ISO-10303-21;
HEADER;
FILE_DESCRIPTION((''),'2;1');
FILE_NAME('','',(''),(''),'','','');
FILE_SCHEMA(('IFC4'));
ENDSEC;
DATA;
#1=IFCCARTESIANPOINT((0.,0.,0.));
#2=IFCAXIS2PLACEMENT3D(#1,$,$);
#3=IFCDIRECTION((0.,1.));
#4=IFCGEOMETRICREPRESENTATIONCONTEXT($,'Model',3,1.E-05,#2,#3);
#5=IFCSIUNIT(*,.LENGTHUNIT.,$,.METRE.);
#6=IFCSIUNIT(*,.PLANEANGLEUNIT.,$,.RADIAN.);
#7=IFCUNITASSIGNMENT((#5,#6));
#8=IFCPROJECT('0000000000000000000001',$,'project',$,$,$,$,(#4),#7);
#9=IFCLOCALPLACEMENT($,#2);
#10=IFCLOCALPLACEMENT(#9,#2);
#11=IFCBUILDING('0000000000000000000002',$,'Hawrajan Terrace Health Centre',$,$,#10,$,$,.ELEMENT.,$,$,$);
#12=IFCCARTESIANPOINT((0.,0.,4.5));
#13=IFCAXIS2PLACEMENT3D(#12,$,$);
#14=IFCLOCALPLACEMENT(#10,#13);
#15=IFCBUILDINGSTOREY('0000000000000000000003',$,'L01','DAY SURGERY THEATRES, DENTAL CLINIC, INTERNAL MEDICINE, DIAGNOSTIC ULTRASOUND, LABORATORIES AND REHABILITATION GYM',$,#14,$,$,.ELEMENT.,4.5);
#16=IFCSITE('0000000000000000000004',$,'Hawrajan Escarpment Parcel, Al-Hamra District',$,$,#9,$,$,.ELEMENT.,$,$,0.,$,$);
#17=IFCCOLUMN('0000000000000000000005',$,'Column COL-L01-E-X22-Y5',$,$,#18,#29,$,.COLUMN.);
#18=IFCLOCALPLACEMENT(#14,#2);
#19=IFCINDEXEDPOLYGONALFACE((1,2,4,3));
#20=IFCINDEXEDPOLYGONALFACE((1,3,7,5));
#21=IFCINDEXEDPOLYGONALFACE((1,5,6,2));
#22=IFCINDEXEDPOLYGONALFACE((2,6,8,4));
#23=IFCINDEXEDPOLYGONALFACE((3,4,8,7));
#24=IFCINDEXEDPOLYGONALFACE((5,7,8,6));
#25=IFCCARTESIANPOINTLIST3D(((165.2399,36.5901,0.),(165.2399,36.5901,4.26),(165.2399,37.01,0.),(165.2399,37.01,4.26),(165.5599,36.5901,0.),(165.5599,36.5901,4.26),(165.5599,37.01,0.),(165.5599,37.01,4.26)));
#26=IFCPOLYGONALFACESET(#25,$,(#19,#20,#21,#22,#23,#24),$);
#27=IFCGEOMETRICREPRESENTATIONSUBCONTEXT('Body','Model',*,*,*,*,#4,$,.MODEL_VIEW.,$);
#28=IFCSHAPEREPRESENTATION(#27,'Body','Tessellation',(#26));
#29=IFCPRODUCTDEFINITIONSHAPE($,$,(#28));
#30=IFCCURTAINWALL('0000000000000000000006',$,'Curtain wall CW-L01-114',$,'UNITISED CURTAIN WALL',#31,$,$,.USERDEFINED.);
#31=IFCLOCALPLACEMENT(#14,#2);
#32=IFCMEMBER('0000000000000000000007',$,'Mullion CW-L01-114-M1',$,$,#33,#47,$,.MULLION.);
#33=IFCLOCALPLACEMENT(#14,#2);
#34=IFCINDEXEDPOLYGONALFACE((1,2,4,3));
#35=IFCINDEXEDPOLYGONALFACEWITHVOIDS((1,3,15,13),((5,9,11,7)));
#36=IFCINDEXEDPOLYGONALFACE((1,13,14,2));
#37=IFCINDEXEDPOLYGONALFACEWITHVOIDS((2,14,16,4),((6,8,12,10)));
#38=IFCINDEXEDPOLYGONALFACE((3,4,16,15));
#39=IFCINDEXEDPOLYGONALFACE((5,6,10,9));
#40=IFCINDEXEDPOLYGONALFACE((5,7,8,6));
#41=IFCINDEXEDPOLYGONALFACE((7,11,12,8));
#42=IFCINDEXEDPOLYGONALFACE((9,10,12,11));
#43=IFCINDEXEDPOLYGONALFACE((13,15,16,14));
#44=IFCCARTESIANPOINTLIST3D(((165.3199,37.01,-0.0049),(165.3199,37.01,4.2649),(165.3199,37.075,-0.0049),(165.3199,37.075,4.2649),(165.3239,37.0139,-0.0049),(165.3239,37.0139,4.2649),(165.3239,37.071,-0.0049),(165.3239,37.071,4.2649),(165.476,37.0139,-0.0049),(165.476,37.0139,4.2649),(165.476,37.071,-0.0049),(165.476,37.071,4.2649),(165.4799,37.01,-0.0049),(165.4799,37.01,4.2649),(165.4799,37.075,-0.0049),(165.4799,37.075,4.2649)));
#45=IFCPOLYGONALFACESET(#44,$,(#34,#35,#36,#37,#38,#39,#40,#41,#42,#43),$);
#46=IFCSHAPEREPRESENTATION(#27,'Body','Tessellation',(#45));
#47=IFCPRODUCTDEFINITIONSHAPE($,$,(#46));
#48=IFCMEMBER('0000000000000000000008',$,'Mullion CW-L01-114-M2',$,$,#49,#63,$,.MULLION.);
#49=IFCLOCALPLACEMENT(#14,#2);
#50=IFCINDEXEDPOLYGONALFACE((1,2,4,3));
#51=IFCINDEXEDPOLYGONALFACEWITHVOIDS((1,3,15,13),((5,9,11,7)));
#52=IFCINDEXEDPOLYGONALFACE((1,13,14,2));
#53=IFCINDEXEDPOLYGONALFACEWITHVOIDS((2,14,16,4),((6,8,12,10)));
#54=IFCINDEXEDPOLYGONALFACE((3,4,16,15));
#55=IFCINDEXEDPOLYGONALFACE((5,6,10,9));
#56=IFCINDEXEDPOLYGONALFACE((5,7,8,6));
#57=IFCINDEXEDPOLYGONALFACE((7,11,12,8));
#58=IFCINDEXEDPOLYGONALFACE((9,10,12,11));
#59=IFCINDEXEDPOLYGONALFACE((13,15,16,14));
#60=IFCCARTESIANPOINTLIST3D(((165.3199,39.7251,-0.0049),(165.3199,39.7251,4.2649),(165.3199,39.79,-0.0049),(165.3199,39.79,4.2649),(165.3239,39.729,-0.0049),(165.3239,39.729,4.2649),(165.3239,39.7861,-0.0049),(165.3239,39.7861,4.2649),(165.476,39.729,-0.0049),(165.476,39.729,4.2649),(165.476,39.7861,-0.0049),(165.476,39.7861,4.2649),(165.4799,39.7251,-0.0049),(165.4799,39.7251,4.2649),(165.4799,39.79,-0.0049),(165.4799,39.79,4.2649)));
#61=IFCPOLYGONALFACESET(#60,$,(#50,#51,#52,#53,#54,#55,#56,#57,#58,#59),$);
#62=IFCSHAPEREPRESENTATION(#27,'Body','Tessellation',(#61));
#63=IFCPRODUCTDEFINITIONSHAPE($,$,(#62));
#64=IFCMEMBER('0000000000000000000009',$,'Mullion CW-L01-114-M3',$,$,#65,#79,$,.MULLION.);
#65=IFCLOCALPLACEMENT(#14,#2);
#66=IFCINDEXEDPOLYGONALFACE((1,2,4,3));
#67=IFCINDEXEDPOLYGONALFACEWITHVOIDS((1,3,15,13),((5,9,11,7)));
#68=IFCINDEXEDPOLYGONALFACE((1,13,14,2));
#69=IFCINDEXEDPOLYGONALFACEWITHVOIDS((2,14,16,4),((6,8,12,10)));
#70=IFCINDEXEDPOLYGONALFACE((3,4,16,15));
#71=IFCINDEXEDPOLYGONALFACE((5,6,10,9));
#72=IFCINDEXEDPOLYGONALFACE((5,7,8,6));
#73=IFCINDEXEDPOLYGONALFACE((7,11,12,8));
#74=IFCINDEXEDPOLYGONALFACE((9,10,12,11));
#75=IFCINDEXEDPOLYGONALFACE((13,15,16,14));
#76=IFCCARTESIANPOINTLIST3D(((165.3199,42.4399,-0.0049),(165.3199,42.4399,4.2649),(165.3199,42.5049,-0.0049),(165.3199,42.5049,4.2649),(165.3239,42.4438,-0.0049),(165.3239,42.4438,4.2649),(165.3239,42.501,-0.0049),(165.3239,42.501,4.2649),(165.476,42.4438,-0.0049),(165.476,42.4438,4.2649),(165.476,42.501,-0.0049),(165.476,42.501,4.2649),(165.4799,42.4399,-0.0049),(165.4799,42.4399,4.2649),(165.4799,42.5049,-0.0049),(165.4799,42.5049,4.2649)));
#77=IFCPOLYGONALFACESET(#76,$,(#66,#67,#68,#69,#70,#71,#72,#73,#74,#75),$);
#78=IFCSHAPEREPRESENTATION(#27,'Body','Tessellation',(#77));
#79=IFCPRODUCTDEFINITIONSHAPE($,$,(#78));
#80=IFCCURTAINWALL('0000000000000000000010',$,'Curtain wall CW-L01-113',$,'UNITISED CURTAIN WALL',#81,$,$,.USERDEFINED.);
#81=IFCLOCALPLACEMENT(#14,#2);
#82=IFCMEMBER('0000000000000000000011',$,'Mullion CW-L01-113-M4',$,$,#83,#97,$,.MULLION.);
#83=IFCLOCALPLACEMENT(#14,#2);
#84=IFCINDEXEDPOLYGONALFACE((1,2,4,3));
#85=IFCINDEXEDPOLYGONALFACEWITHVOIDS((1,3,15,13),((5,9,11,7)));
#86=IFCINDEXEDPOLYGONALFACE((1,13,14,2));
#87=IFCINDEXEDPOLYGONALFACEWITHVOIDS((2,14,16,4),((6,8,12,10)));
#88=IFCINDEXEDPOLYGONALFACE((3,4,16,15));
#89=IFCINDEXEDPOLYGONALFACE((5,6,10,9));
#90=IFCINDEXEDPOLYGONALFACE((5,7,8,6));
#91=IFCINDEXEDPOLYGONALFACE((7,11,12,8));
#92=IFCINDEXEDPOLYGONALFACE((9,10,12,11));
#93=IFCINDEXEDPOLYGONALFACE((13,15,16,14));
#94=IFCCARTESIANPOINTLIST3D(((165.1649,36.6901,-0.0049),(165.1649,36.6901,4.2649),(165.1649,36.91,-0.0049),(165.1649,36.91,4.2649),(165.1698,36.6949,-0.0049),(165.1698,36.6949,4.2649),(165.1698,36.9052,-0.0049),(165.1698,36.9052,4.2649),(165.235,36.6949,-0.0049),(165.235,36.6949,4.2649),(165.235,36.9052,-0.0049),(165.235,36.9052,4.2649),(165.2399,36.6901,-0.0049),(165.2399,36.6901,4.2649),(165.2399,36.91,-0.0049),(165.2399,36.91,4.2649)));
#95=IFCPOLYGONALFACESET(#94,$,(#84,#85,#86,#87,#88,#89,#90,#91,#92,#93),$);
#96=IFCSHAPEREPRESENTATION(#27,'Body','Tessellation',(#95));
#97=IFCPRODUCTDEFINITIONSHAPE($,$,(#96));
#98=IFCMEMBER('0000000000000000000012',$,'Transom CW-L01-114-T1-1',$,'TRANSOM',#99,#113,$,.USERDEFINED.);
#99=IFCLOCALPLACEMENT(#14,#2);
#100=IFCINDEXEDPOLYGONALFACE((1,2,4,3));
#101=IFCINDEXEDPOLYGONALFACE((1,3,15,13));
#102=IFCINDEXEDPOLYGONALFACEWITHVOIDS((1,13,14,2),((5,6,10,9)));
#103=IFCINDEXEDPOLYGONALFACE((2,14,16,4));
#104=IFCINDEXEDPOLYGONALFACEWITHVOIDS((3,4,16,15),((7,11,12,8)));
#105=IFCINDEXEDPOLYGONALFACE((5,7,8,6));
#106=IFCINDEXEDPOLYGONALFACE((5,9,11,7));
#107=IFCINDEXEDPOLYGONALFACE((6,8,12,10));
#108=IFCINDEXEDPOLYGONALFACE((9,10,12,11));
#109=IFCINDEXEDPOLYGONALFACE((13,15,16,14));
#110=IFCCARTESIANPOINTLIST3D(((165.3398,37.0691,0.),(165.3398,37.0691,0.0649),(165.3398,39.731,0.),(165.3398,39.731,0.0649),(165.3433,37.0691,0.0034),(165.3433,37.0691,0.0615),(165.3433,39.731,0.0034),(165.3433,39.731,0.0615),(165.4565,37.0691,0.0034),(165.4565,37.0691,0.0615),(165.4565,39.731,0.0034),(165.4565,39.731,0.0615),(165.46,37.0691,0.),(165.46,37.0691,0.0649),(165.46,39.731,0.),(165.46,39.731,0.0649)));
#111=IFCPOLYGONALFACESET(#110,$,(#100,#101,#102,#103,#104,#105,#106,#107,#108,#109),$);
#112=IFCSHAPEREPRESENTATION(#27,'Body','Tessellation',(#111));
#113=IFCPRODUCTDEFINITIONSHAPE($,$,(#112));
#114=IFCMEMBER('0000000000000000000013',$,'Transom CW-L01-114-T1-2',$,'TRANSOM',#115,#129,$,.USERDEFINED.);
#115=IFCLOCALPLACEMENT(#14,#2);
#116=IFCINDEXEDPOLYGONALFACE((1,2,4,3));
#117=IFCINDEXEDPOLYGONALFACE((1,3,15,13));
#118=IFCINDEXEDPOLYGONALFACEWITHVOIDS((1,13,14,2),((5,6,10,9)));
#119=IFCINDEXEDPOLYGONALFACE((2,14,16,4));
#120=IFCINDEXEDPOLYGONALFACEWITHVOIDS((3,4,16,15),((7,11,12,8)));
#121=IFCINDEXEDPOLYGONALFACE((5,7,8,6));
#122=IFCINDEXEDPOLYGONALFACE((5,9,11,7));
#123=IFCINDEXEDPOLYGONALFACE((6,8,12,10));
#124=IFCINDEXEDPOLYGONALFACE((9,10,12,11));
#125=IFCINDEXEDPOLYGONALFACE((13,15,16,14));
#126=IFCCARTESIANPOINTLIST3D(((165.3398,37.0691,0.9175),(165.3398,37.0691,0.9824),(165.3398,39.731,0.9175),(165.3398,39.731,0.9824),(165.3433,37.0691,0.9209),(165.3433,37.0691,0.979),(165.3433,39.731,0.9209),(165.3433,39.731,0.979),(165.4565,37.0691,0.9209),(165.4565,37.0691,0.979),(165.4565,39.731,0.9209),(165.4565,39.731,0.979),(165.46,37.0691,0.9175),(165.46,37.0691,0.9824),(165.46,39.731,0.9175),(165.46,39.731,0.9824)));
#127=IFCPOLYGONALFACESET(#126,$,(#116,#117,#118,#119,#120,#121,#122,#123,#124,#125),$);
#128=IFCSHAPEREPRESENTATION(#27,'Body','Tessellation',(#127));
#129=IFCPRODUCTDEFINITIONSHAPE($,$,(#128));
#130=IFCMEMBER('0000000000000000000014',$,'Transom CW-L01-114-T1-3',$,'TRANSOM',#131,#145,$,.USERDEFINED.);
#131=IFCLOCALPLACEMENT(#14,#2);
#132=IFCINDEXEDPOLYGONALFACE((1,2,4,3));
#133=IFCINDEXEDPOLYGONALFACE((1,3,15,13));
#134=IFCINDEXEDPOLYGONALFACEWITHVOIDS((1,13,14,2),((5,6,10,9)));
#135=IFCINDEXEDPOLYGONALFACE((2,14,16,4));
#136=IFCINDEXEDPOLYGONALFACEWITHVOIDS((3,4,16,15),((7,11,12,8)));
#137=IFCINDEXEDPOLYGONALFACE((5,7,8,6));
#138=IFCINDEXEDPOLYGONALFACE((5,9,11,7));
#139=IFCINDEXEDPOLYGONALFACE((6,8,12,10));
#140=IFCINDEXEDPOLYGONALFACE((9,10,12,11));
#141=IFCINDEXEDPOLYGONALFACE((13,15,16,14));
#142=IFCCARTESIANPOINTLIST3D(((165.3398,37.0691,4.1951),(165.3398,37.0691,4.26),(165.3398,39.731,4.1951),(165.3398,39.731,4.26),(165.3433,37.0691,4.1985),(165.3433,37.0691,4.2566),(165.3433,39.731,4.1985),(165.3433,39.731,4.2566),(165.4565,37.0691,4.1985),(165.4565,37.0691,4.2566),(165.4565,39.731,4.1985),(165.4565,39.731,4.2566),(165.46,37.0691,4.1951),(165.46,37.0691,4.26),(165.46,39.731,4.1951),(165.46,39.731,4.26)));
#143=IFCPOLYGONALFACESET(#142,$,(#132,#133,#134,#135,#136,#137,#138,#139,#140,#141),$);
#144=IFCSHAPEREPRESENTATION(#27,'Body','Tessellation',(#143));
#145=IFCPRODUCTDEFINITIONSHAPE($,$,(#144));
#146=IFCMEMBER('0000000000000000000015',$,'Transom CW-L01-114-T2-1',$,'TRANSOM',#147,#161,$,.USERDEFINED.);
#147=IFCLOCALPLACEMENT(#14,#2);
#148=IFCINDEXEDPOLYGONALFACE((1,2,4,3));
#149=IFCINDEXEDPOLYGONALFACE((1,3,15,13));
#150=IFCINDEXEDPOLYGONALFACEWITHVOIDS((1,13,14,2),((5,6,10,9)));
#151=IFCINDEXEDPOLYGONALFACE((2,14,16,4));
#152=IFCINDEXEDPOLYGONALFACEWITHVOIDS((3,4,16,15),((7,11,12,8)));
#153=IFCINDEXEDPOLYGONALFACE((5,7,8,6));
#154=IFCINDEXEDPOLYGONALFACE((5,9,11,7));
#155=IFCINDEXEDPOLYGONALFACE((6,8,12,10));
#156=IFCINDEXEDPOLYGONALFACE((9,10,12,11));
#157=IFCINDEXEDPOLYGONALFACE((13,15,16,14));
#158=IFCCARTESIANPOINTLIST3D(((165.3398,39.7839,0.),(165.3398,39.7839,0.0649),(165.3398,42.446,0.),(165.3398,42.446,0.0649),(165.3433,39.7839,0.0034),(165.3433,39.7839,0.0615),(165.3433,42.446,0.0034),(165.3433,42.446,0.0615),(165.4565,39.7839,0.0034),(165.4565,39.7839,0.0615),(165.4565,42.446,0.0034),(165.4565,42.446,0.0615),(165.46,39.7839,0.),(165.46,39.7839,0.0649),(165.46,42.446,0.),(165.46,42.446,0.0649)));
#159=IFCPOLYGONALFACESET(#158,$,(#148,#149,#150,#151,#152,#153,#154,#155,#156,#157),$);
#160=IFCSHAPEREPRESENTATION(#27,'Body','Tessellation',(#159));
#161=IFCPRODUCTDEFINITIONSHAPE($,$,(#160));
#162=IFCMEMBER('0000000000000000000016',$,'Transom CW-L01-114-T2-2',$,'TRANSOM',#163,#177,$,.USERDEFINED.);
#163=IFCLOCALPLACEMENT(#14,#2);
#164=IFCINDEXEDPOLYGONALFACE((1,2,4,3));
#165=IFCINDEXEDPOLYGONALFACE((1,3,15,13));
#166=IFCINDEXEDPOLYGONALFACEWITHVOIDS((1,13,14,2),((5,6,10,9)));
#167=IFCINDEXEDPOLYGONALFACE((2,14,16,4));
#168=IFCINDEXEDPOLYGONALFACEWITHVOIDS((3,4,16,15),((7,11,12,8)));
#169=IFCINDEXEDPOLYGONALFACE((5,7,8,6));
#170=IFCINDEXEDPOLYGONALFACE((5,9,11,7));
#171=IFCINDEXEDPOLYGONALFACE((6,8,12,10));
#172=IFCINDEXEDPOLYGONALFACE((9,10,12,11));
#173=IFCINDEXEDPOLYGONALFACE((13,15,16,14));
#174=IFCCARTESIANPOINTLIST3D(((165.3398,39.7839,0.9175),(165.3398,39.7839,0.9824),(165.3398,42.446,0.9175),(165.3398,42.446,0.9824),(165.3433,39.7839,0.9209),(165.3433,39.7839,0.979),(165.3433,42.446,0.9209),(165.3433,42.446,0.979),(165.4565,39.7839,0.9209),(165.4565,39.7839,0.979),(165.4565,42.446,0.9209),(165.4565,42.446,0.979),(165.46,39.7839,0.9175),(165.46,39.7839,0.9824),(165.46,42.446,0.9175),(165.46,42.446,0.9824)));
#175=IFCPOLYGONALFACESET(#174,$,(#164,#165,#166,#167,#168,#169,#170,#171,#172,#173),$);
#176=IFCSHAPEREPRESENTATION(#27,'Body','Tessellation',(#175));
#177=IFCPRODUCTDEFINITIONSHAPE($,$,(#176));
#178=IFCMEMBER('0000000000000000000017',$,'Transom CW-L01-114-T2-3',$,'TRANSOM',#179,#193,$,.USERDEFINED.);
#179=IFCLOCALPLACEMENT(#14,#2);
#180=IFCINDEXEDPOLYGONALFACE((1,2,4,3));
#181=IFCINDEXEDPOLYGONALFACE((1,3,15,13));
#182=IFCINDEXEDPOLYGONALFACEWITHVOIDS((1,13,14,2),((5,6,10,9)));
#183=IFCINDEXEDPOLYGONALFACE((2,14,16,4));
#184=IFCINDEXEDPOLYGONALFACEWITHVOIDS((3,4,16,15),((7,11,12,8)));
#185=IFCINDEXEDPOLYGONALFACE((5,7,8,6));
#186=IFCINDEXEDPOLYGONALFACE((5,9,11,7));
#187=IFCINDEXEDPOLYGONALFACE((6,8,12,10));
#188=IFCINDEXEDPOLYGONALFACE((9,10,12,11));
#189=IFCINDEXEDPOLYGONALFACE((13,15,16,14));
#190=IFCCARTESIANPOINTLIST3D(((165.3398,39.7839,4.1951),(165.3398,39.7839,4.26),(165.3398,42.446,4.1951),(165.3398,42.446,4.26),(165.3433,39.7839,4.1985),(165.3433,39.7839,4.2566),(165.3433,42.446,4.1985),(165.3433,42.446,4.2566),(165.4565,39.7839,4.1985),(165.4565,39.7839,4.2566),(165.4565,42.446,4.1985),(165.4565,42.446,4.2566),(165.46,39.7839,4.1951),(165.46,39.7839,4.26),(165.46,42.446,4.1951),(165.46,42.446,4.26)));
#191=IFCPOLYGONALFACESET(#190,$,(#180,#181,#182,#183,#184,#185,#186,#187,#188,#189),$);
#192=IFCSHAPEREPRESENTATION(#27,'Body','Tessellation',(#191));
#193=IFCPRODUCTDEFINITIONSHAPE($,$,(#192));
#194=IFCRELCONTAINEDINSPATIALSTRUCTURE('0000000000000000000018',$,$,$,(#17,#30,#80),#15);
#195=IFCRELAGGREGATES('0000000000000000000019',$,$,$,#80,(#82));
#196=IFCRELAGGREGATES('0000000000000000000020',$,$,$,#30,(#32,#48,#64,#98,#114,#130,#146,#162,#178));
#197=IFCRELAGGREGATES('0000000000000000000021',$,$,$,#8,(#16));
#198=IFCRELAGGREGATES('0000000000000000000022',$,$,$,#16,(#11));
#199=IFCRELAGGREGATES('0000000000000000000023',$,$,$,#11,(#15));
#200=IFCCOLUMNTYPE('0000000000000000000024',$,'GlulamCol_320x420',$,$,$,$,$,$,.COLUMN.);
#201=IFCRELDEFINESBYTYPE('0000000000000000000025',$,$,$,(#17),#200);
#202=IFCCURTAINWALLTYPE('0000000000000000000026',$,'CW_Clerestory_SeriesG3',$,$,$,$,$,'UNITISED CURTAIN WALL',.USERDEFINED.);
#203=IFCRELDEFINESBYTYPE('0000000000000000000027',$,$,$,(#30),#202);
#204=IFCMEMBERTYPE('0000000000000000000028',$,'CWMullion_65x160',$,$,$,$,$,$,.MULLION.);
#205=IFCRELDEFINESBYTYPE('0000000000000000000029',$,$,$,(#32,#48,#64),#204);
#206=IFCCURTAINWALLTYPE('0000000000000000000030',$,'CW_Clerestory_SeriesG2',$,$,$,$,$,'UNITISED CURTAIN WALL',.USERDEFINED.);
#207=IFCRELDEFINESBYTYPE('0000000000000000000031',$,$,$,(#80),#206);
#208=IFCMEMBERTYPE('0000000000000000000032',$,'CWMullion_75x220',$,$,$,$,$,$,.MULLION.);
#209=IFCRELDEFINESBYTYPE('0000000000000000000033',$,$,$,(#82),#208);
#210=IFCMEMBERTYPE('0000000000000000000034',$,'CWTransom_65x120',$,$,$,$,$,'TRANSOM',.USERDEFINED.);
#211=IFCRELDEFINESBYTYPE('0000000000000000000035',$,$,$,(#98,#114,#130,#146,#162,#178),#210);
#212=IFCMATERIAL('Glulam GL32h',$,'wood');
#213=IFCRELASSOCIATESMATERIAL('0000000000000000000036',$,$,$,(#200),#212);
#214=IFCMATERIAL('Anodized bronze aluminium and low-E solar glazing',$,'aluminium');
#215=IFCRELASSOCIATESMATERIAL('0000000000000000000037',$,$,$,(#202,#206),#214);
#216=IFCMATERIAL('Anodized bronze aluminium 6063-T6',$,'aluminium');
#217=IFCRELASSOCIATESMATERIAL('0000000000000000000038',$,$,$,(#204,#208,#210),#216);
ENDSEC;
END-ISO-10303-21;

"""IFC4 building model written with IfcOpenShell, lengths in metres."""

from ifc_helpers import new_model, si_unit, direction, frame, origin, origin_2d, place, context, subcontext, project, spatial, rectangle, hollow_rectangle, extrude, material, material_profile, profile_set, type_object, element, aggregate, save


model = new_model("IFC4")

# Units and contexts
model_context = context("Model", 3, precision=1e-05, world=origin(), true_north=direction((0.0, 1.0)))
body_context = subcontext(model_context, "Body", "Model", "MODEL_VIEW")
ifc_project = project(units=[si_unit("LENGTHUNIT", "METRE"), si_unit("PLANEANGLEUNIT", "RADIAN")], contexts=[model_context])

# Site, building, storey
site_placement = place(None, origin())
site = spatial("IfcSite", under=ifc_project, at=site_placement, Name="Hawrajan Escarpment Parcel, Al-Hamra District", CompositionType="ELEMENT", RefElevation=0.0)
building_placement = place(site_placement, origin())
building = spatial("IfcBuilding", under=site, at=building_placement, Name="Hawrajan Terrace Health Centre", CompositionType="ELEMENT")
storey_placement = place(building_placement, frame((0.0, 0.0, 4.5)))
storey = spatial("IfcBuildingStorey", under=building, at=storey_placement, Name="L01", Description="DAY SURGERY THEATRES, DENTAL CLINIC, INTERNAL MEDICINE, DIAGNOSTIC ULTRASOUND, LABORATORIES AND REHABILITATION GYM", CompositionType="ELEMENT", Elevation=4.5)

# Column
ifc_material_1 = material(Name="Glulam GL32h", Category="wood")
ifc_material_profile_1 = material_profile(ifc_material_1, rectangle(XDim=0.3201, YDim=0.4199, at=origin_2d()), Name="GL 320x420")
ifc_profile_set_1 = profile_set([ifc_material_profile_1], Name="Glulam GL32h")
column_type = type_object("IfcColumnType", Name="GlulamCol_320x420", PredefinedType="COLUMN", material=ifc_profile_set_1)
column_placement = place(storey_placement, frame((165.3999, 36.8, 0.0), z_axis=(0.0, 0.0, 1.0), x_axis=(1.0, 0.0, 0.0)))
element("IfcColumn", 1, at=column_placement, inside=storey, type_object=column_type, Name="Column COL-L01-E-X22-Y5", PredefinedType="COLUMN", context=body_context, shape_type="SweptSolid", body=[
    extrude(rectangle(XDim=0.3201, YDim=0.4199, at=origin_2d()), origin(), (0.0, 0.0, 1.0), 4.26),
])

# Curtain wall, members
ifc_material_2 = material(Name="Anodized bronze aluminium and low-E solar glazing", Category="aluminium")
curtain_wall_type_1 = type_object("IfcCurtainWallType", Name="CW_Clerestory_SeriesG3", ElementType="UNITISED CURTAIN WALL", PredefinedType="USERDEFINED", material=ifc_material_2)
curtain_wall_1_placement = place(storey_placement, origin())
curtain_wall_1 = element("IfcCurtainWall", 2, at=curtain_wall_1_placement, inside=storey, type_object=curtain_wall_type_1, Name="Curtain wall CW-L01-114", ObjectType="UNITISED CURTAIN WALL", PredefinedType="USERDEFINED")
ifc_material_3 = material(Name="Anodized bronze aluminium 6063-T6", Category="aluminium")
ifc_material_profile_2 = material_profile(ifc_material_3, hollow_rectangle(XDim=0.0649, YDim=0.1599, WallThickness=0.0039, at=origin_2d()), Name="CW MUL 65x160")
ifc_profile_set_2 = profile_set([ifc_material_profile_2], Name="Anodized bronze aluminium 6063-T6")
member_type_1 = type_object("IfcMemberType", Name="CWMullion_65x160", PredefinedType="MULLION", material=ifc_profile_set_2)
member_1_placement = place(storey_placement, frame((165.3999, 37.0425, -0.0049), z_axis=(0.0, 0.0, 1.0), x_axis=(0.0, 1.0, 0.0)))
member_1 = element("IfcMember", 3, at=member_1_placement, type_object=member_type_1, Name="Mullion CW-L01-114-M1", PredefinedType="MULLION", context=body_context, shape_type="SweptSolid", body=[
    extrude(hollow_rectangle(XDim=0.0649, YDim=0.1599, WallThickness=0.0039, at=origin_2d()), origin(), (0.0, 0.0, 1.0), 4.2698),
])
member_2_placement = place(storey_placement, frame((165.3999, 39.7576, -0.0049), z_axis=(0.0, 0.0, 1.0), x_axis=(0.0, 1.0, 0.0)))
member_2 = element("IfcMember", 4, at=member_2_placement, type_object=member_type_1, Name="Mullion CW-L01-114-M2", PredefinedType="MULLION", context=body_context, shape_type="SweptSolid", body=[
    extrude(hollow_rectangle(XDim=0.0649, YDim=0.1599, WallThickness=0.0039, at=origin_2d()), origin(), (0.0, 0.0, 1.0), 4.2698),
])
member_3_placement = place(storey_placement, frame((165.3999, 42.4724, -0.0049), z_axis=(0.0, 0.0, 1.0), x_axis=(0.0, 1.0, 0.0)))
member_3 = element("IfcMember", 5, at=member_3_placement, type_object=member_type_1, Name="Mullion CW-L01-114-M3", PredefinedType="MULLION", context=body_context, shape_type="SweptSolid", body=[
    extrude(hollow_rectangle(XDim=0.0649, YDim=0.1599, WallThickness=0.0039, at=origin_2d()), origin(), (0.0, 0.0, 1.0), 4.2698),
])

# Curtain wall, member
curtain_wall_type_2 = type_object("IfcCurtainWallType", Name="CW_Clerestory_SeriesG2", ElementType="UNITISED CURTAIN WALL", PredefinedType="USERDEFINED", material=ifc_material_2)
curtain_wall_2_placement = place(storey_placement, origin())
curtain_wall_2 = element("IfcCurtainWall", 6, at=curtain_wall_2_placement, inside=storey, type_object=curtain_wall_type_2, Name="Curtain wall CW-L01-113", ObjectType="UNITISED CURTAIN WALL", PredefinedType="USERDEFINED")
ifc_material_profile_3 = material_profile(ifc_material_3, hollow_rectangle(XDim=0.075, YDim=0.22, WallThickness=0.0049, at=origin_2d()), Name="CW MUL 75x220")
ifc_profile_set_3 = profile_set([ifc_material_profile_3], Name="Anodized bronze aluminium 6063-T6")
member_type_2 = type_object("IfcMemberType", Name="CWMullion_75x220", PredefinedType="MULLION", material=ifc_profile_set_3)
member_4_placement = place(storey_placement, frame((165.2024, 36.8, -0.0049), z_axis=(0.0, 0.0, 1.0), x_axis=(1.0, 0.0, 0.0)))
member_4 = element("IfcMember", 7, at=member_4_placement, type_object=member_type_2, Name="Mullion CW-L01-113-M4", PredefinedType="MULLION", context=body_context, shape_type="SweptSolid", body=[
    extrude(hollow_rectangle(XDim=0.075, YDim=0.22, WallThickness=0.0049, at=origin_2d()), origin(), (0.0, 0.0, 1.0), 4.2698),
])

# Members
ifc_material_profile_4 = material_profile(ifc_material_3, hollow_rectangle(XDim=0.0649, YDim=0.1201, WallThickness=0.0034, at=origin_2d()), Name="CW TRN 65x120")
ifc_profile_set_4 = profile_set([ifc_material_profile_4], Name="Anodized bronze aluminium 6063-T6")
member_type_3 = type_object("IfcMemberType", Name="CWTransom_65x120", ElementType="TRANSOM", PredefinedType="USERDEFINED", material=ifc_profile_set_4)
member_5_placement = place(storey_placement, frame((165.3999, 37.0691, 0.0325), z_axis=(0.0, 1.0, 0.0), x_axis=(0.0, 0.0, 1.0)))
member_5 = element("IfcMember", 8, at=member_5_placement, type_object=member_type_3, Name="Transom CW-L01-114-T1-1", ObjectType="TRANSOM", PredefinedType="USERDEFINED", context=body_context, shape_type="SweptSolid", body=[
    extrude(hollow_rectangle(XDim=0.0649, YDim=0.1201, WallThickness=0.0034, at=origin_2d()), origin(), (0.0, 0.0, 1.0), 2.6619),
])
member_6_placement = place(storey_placement, frame((165.3999, 37.0691, 0.95), z_axis=(0.0, 1.0, 0.0), x_axis=(0.0, 0.0, 1.0)))
member_6 = element("IfcMember", 9, at=member_6_placement, type_object=member_type_3, Name="Transom CW-L01-114-T1-2", ObjectType="TRANSOM", PredefinedType="USERDEFINED", context=body_context, shape_type="SweptSolid", body=[
    extrude(hollow_rectangle(XDim=0.0649, YDim=0.1201, WallThickness=0.0034, at=origin_2d()), origin(), (0.0, 0.0, 1.0), 2.6619),
])
member_7_placement = place(storey_placement, frame((165.3999, 37.0691, 4.2275), z_axis=(0.0, 1.0, 0.0), x_axis=(0.0, 0.0, 1.0)))
member_7 = element("IfcMember", 10, at=member_7_placement, type_object=member_type_3, Name="Transom CW-L01-114-T1-3", ObjectType="TRANSOM", PredefinedType="USERDEFINED", context=body_context, shape_type="SweptSolid", body=[
    extrude(hollow_rectangle(XDim=0.0649, YDim=0.1201, WallThickness=0.0034, at=origin_2d()), origin(), (0.0, 0.0, 1.0), 2.6619),
])
member_8_placement = place(storey_placement, frame((165.3999, 39.7839, 0.0325), z_axis=(0.0, 1.0, 0.0), x_axis=(0.0, 0.0, 1.0)))
member_8 = element("IfcMember", 11, at=member_8_placement, type_object=member_type_3, Name="Transom CW-L01-114-T2-1", ObjectType="TRANSOM", PredefinedType="USERDEFINED", context=body_context, shape_type="SweptSolid", body=[
    extrude(hollow_rectangle(XDim=0.0649, YDim=0.1201, WallThickness=0.0034, at=origin_2d()), origin(), (0.0, 0.0, 1.0), 2.6621),
])
member_9_placement = place(storey_placement, frame((165.3999, 39.7839, 0.95), z_axis=(0.0, 1.0, 0.0), x_axis=(0.0, 0.0, 1.0)))
member_9 = element("IfcMember", 12, at=member_9_placement, type_object=member_type_3, Name="Transom CW-L01-114-T2-2", ObjectType="TRANSOM", PredefinedType="USERDEFINED", context=body_context, shape_type="SweptSolid", body=[
    extrude(hollow_rectangle(XDim=0.0649, YDim=0.1201, WallThickness=0.0034, at=origin_2d()), origin(), (0.0, 0.0, 1.0), 2.6621),
])
member_10_placement = place(storey_placement, frame((165.3999, 39.7839, 4.2275), z_axis=(0.0, 1.0, 0.0), x_axis=(0.0, 0.0, 1.0)))
member_10 = element("IfcMember", 13, at=member_10_placement, type_object=member_type_3, Name="Transom CW-L01-114-T2-3", ObjectType="TRANSOM", PredefinedType="USERDEFINED", context=body_context, shape_type="SweptSolid", body=[
    extrude(hollow_rectangle(XDim=0.0649, YDim=0.1201, WallThickness=0.0034, at=origin_2d()), origin(), (0.0, 0.0, 1.0), 2.6621),
])

aggregate(curtain_wall_2, [member_4])
aggregate(curtain_wall_1, [member_1, member_2, member_3, member_5, member_6, member_7, member_8, member_9, member_10])

save(model, "model.ifc")
